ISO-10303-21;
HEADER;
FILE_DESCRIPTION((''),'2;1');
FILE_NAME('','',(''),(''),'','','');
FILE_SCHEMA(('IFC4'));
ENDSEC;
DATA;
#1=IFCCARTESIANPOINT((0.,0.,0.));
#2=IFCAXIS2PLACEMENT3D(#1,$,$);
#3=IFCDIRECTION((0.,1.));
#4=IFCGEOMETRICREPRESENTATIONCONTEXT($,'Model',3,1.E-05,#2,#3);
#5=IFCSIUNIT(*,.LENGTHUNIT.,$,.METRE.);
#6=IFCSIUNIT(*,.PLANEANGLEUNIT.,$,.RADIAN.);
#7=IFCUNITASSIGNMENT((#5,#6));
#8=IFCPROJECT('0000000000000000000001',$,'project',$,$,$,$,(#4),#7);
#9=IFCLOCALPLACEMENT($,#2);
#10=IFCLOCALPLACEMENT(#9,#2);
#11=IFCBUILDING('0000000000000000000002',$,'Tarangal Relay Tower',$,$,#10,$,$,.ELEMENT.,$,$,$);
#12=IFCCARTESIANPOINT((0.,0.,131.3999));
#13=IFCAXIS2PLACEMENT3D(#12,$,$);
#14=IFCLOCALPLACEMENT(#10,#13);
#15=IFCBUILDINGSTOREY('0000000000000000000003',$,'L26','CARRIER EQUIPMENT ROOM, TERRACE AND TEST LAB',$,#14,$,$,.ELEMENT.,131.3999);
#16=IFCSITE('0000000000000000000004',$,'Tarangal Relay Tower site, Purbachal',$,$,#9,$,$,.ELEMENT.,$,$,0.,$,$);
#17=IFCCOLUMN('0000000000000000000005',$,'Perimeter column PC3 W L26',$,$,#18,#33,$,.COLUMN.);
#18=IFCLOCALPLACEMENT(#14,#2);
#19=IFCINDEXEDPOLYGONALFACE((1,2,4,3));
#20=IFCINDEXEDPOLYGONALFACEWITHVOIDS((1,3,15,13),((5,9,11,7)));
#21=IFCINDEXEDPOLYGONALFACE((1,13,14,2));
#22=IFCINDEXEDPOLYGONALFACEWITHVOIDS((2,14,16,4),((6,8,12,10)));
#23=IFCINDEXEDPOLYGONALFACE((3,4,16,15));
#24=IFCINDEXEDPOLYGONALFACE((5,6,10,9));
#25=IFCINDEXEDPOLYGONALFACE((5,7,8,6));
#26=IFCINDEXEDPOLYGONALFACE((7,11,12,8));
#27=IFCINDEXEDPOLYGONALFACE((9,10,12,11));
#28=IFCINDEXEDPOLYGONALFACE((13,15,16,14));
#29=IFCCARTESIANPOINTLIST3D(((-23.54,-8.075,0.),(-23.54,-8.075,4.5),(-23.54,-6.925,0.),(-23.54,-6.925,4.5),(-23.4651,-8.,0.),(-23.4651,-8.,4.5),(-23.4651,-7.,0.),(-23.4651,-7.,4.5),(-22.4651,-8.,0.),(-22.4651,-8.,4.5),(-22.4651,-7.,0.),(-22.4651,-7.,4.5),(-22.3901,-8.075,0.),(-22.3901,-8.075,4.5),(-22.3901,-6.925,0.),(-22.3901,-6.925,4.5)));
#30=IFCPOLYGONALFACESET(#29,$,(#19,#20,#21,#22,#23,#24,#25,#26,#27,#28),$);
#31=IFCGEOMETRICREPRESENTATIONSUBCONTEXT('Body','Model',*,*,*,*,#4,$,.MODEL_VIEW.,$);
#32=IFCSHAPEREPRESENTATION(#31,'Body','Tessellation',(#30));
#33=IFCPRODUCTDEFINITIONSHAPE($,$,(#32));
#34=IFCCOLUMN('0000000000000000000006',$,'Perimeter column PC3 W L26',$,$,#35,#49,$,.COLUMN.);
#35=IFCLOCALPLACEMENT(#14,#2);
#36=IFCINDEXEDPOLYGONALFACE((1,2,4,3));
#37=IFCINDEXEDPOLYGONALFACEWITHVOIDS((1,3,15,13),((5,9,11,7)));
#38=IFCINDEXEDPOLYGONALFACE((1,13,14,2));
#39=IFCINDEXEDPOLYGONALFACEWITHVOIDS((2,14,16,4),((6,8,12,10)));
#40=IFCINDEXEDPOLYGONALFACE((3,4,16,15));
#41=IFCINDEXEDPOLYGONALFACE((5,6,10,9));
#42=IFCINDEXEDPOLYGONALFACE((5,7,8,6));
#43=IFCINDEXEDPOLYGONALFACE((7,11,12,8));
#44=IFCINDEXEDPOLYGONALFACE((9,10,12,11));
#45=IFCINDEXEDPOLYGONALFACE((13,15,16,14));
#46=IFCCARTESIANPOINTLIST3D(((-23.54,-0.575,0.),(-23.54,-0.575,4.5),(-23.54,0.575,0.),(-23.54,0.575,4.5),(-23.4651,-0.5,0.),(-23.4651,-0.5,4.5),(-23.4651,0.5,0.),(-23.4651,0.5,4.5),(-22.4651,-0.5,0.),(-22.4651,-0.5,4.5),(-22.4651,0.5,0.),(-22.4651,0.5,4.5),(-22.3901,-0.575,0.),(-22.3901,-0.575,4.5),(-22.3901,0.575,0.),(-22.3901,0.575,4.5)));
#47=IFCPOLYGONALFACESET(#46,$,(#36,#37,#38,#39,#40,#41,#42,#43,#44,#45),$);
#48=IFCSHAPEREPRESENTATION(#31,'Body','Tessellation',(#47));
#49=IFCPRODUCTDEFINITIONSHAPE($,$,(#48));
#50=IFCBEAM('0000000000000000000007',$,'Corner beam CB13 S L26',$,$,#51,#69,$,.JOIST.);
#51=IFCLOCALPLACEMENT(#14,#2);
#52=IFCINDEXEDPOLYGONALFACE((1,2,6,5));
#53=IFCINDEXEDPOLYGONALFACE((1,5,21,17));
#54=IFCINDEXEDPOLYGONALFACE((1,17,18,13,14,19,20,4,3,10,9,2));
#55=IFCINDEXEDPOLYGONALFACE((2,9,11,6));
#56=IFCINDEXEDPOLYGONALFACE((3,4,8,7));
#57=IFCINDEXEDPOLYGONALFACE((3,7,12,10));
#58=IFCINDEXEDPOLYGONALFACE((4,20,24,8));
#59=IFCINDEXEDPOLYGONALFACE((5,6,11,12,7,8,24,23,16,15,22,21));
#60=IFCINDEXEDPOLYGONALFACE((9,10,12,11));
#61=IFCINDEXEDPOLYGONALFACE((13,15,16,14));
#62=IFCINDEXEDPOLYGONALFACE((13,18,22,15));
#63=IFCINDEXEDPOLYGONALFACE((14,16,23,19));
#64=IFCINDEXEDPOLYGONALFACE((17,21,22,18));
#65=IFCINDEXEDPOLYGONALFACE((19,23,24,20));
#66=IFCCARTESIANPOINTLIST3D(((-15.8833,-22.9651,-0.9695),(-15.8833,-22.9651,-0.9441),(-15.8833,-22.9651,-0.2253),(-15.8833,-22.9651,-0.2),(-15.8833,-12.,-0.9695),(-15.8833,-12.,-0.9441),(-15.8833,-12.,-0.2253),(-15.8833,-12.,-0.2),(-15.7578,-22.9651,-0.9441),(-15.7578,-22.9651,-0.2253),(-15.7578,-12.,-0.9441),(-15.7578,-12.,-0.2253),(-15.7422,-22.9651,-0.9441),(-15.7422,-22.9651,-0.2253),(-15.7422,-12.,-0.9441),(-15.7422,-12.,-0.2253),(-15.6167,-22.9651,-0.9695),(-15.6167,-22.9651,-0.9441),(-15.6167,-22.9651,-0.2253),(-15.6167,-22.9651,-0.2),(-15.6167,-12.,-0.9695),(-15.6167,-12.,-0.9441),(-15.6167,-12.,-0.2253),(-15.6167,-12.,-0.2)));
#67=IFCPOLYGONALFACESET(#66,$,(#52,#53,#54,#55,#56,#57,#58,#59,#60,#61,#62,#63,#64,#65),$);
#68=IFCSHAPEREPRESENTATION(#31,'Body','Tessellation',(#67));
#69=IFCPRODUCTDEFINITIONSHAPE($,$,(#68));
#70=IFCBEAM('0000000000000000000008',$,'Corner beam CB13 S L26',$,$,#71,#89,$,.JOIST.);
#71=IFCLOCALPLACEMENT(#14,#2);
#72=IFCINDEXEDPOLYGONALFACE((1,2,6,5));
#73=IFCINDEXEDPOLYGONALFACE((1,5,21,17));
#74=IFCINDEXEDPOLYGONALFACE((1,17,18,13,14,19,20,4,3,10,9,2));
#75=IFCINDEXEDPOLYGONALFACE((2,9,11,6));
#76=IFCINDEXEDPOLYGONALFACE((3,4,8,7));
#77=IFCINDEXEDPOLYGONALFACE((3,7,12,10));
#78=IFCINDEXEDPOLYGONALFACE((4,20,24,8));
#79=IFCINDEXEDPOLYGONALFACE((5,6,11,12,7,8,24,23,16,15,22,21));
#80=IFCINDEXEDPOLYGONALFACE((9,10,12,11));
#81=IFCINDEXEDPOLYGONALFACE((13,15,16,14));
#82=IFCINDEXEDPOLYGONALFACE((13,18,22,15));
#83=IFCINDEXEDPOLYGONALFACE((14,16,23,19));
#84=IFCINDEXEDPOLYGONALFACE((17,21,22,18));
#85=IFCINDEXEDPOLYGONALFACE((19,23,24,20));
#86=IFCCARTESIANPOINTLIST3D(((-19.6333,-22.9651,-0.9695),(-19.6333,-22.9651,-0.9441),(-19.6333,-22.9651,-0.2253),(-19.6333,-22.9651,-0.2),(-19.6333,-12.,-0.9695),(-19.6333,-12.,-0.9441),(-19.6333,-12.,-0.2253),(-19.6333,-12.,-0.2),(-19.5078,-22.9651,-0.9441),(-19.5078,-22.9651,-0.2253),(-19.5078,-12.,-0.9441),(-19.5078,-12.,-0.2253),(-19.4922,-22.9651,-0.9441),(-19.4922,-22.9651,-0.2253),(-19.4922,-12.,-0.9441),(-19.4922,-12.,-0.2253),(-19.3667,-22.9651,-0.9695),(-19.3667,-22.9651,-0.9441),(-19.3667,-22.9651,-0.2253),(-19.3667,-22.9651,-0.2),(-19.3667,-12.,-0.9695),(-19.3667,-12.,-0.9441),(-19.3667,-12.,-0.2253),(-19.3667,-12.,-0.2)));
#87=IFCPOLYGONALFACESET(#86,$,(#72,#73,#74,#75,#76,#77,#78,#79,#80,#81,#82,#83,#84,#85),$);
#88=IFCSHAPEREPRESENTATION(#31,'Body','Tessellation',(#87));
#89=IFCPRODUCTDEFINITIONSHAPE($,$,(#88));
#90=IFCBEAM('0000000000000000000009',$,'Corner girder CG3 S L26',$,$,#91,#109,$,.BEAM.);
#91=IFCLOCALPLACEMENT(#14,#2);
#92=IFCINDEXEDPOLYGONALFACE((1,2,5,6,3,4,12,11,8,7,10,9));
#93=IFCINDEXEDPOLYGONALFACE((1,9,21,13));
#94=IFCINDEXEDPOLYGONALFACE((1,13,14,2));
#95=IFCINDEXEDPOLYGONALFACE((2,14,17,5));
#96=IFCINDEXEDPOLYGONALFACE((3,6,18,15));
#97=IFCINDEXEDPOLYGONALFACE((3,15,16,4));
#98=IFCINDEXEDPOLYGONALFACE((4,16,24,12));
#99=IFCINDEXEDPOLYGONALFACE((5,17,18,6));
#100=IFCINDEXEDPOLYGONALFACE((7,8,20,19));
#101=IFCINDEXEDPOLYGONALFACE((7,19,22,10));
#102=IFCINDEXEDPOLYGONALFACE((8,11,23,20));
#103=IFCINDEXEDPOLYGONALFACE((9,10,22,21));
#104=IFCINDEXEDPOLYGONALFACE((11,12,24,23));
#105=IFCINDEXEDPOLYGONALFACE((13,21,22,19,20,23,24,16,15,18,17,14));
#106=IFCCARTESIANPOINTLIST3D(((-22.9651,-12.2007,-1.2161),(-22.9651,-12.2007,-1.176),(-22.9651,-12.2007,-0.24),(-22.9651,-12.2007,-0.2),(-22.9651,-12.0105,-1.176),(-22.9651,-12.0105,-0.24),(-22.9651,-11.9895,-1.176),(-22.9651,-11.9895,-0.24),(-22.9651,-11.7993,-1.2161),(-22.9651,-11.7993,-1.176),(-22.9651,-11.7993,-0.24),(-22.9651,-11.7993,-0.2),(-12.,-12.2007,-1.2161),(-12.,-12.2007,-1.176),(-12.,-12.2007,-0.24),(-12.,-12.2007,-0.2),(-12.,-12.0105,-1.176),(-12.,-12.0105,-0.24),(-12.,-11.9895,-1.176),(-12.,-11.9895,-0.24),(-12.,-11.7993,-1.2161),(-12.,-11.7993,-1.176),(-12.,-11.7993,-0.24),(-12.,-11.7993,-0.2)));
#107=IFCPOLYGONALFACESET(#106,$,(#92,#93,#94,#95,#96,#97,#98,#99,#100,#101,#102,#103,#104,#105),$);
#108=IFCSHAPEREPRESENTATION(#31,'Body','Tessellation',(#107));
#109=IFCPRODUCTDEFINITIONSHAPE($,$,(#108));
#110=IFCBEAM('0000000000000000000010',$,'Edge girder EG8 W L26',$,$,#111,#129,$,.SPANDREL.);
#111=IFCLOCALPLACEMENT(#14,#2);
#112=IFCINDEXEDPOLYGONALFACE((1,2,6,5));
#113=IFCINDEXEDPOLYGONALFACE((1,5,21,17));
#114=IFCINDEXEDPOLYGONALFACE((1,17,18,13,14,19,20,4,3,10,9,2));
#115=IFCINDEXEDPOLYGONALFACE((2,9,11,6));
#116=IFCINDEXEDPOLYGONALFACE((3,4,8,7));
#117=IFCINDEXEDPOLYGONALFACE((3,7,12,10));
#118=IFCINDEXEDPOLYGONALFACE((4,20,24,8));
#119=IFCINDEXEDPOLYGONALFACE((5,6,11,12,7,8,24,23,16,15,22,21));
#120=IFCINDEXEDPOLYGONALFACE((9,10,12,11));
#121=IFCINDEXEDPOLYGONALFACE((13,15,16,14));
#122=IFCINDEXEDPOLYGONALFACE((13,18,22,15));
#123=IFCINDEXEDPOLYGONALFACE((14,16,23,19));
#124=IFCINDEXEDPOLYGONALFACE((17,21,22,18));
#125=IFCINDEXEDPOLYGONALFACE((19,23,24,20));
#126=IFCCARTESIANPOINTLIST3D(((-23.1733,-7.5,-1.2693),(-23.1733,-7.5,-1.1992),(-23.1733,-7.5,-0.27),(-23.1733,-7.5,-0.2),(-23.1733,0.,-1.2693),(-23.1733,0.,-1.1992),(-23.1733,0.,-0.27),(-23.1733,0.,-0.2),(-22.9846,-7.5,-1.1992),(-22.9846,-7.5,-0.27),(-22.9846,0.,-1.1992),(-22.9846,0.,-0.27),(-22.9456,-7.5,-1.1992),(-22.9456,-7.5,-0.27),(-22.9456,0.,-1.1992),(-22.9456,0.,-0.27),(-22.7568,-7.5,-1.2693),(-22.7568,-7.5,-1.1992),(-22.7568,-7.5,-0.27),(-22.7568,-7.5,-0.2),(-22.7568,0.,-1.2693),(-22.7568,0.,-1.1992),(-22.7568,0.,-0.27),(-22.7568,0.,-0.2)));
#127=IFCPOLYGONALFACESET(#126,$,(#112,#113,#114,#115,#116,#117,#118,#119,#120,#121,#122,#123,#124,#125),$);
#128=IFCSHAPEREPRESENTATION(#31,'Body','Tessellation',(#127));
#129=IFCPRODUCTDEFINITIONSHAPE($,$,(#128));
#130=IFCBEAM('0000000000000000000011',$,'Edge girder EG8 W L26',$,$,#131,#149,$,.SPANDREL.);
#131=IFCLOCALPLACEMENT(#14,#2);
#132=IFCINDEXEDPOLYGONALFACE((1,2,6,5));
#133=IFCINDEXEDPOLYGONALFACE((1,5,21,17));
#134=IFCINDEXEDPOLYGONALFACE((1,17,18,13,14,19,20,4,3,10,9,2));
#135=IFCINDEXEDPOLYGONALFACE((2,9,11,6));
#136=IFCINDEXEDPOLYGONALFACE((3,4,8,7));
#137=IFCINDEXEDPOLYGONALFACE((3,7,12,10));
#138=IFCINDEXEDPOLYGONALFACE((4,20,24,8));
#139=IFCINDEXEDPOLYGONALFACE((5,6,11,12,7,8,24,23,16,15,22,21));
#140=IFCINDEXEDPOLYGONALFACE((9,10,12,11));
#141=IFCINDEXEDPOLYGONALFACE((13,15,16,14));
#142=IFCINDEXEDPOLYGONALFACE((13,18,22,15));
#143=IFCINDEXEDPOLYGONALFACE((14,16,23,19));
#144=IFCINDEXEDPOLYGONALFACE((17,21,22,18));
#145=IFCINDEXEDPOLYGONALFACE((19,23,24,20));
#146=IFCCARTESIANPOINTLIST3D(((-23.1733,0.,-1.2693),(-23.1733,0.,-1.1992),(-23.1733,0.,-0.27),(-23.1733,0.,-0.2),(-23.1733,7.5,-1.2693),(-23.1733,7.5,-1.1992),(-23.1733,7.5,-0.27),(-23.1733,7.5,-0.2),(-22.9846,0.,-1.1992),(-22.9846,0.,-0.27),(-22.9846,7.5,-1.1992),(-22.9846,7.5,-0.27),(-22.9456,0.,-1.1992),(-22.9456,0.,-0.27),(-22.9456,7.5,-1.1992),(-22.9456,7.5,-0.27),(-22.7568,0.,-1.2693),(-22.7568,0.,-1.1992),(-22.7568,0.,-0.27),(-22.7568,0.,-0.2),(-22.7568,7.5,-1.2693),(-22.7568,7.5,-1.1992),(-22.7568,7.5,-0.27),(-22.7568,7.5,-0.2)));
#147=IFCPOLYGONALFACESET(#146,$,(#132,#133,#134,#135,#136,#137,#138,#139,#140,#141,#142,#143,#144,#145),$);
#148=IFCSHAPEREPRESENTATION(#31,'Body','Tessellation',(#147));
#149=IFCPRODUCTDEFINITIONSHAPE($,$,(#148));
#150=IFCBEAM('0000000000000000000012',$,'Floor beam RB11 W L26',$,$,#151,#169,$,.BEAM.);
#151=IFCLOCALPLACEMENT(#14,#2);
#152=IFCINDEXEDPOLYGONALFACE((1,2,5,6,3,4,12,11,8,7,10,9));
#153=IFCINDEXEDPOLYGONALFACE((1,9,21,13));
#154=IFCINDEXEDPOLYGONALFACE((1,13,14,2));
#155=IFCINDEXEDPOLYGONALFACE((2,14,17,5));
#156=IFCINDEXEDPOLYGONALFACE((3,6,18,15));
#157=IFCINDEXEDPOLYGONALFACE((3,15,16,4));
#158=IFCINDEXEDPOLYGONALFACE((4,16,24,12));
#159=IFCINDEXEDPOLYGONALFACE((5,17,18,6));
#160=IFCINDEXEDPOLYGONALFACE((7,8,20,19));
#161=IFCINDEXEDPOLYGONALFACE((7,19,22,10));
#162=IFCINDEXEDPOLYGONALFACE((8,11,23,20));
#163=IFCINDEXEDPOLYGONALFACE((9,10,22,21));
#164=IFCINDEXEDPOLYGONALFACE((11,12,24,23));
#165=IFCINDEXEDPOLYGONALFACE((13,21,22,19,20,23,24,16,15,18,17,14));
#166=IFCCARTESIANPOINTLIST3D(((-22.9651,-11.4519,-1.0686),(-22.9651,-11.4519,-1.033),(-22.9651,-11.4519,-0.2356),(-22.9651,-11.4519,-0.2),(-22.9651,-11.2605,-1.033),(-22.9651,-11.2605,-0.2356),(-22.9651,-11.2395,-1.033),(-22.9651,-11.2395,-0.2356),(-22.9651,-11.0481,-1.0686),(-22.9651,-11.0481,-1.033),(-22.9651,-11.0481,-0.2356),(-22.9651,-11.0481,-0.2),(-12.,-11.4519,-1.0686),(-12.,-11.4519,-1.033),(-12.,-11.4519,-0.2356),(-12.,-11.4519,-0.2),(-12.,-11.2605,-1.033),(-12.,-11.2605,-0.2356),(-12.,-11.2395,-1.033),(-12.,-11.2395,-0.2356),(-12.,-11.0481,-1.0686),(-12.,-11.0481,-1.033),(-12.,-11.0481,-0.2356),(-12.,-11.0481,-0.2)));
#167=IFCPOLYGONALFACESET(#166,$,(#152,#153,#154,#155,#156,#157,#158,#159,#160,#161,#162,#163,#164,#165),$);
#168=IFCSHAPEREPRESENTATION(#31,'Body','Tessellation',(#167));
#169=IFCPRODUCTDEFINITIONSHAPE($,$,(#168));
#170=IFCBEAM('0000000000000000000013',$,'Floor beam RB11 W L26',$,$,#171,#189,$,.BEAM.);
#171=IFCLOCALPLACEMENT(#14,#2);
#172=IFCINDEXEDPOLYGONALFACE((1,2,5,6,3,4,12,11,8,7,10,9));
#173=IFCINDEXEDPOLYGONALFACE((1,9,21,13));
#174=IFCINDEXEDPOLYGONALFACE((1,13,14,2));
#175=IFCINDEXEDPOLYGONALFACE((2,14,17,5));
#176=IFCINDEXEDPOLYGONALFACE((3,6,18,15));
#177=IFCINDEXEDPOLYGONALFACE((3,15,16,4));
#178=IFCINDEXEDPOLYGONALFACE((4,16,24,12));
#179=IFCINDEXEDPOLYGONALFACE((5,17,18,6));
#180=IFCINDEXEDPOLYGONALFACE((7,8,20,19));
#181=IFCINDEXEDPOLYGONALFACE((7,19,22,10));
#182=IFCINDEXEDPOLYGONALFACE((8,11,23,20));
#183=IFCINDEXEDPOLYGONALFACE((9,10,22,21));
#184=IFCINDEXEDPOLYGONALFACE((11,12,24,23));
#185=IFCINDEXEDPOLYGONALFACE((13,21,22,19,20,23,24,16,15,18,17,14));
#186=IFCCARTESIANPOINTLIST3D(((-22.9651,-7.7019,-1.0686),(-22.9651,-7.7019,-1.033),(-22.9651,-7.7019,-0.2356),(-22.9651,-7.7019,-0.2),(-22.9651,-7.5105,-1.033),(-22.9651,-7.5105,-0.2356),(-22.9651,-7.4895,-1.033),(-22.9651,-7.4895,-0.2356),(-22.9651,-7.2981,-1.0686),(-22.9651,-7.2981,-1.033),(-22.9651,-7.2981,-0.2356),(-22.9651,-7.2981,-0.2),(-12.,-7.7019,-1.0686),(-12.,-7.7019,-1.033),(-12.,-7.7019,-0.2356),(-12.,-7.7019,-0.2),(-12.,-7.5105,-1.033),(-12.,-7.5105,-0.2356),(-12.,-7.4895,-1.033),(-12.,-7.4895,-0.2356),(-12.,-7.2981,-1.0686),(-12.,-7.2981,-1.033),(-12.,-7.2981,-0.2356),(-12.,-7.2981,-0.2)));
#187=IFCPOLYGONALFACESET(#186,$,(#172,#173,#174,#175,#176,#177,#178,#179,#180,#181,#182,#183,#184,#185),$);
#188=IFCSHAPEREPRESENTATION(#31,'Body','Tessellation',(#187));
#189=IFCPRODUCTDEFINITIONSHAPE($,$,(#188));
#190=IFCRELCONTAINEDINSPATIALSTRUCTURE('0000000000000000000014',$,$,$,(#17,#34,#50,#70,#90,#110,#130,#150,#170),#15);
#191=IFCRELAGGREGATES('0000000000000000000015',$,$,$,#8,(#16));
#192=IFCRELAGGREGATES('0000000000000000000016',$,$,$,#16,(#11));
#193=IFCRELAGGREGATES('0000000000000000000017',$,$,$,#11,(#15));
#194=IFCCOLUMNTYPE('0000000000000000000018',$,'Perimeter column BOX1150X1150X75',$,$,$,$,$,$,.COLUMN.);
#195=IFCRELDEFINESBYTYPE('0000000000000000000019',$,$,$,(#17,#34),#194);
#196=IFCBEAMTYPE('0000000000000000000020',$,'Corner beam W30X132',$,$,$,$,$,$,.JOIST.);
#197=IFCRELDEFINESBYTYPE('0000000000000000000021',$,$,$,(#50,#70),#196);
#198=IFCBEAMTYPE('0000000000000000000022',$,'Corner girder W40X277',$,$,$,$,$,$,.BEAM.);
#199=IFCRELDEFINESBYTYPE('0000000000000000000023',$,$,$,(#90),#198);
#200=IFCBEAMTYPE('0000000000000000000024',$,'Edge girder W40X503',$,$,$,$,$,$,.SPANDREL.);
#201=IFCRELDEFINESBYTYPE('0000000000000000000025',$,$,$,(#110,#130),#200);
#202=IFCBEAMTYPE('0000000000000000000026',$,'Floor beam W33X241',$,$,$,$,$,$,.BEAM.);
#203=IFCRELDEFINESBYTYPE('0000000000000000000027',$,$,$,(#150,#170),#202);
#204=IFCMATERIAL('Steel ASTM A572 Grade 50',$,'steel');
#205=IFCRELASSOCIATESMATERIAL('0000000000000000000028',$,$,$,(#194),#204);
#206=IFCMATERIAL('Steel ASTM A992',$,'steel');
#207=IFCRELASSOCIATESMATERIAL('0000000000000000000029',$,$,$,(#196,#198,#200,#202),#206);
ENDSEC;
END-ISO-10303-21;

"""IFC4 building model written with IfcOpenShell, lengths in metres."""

from ifc_helpers import new_model, si_unit, direction, frame, origin, origin_2d, place, context, subcontext, project, spatial, hollow_rectangle, i_section, extrude, material, material_profile, profile_set, type_object, element, save


model = new_model("IFC4")

# Units and contexts
model_context = context("Model", 3, precision=1e-05, world=origin(), true_north=direction((0.0, 1.0)))
body_context = subcontext(model_context, "Body", "Model", "MODEL_VIEW")
ifc_project = project(units=[si_unit("LENGTHUNIT", "METRE"), si_unit("PLANEANGLEUNIT", "RADIAN")], contexts=[model_context])

# Site, building, storey
site_placement = place(None, origin())
site = spatial("IfcSite", under=ifc_project, at=site_placement, Name="Tarangal Relay Tower site, Purbachal", CompositionType="ELEMENT", RefElevation=0.0)
building_placement = place(site_placement, origin())
building = spatial("IfcBuilding", under=site, at=building_placement, Name="Tarangal Relay Tower", CompositionType="ELEMENT")
storey_placement = place(building_placement, frame((0.0, 0.0, 131.3999)))
storey = spatial("IfcBuildingStorey", under=building, at=storey_placement, Name="L26", Description="CARRIER EQUIPMENT ROOM, TERRACE AND TEST LAB", CompositionType="ELEMENT", Elevation=131.3999)

# Columns
ifc_material_1 = material(Name="Steel ASTM A572 Grade 50", Category="steel")
ifc_material_profile_1 = material_profile(ifc_material_1, hollow_rectangle(XDim=1.1499, YDim=1.1499, WallThickness=0.075, at=origin_2d()), Name="BOX1150X1150X75")
ifc_profile_set_1 = profile_set([ifc_material_profile_1], Name="Steel ASTM A572 Grade 50")
column_type = type_object("IfcColumnType", Name="Perimeter column BOX1150X1150X75", PredefinedType="COLUMN", material=ifc_profile_set_1)
for number, where, z_axis, x_axis, name in (
    (1, (-22.9651, -7.5, 0.0), (0.0, 0.0, 1.0), (1.0, 0.0, 0.0), "Perimeter column PC3 W L26"),
    (2, (-22.9651, 0.0, 0.0), (0.0, 0.0, 1.0), (1.0, 0.0, 0.0), "Perimeter column PC3 W L26"),
):
    element("IfcColumn", number, at=place(storey_placement, frame(where, z_axis=z_axis, x_axis=x_axis)), inside=storey, type_object=column_type, Name=name, PredefinedType="COLUMN", context=body_context, shape_type="SweptSolid", body=[
        extrude(hollow_rectangle(XDim=1.1499, YDim=1.1499, WallThickness=0.075, at=origin_2d()), origin(), (0.0, 0.0, 1.0), 4.5),
    ])

# Beams
ifc_material_2 = material(Name="Steel ASTM A992", Category="steel")
ifc_material_profile_2 = material_profile(ifc_material_2, i_section(OverallWidth=0.2666, OverallDepth=0.7695, WebThickness=0.0156, FlangeThickness=0.0254, at=origin_2d()), Name="W30X132")
ifc_profile_set_2 = profile_set([ifc_material_profile_2], Name="Steel ASTM A992")
beam_type_1 = type_object("IfcBeamType", Name="Corner beam W30X132", PredefinedType="JOIST", material=ifc_profile_set_2)
for number, where, z_axis, x_axis, name in (
    (3, (-15.75, -12.0, -0.5847), (0.0, -1.0, 0.0), (1.0, 0.0, 0.0), "Corner beam CB13 S L26"),
    (4, (-19.5, -12.0, -0.5847), (0.0, -1.0, 0.0), (1.0, 0.0, 0.0), "Corner beam CB13 S L26"),
):
    element("IfcBeam", number, at=place(storey_placement, frame(where, z_axis=z_axis, x_axis=x_axis)), inside=storey, type_object=beam_type_1, Name=name, PredefinedType="JOIST", context=body_context, shape_type="SweptSolid", body=[
        extrude(i_section(OverallWidth=0.2666, OverallDepth=0.7695, WebThickness=0.0156, FlangeThickness=0.0254, at=origin_2d()), origin(), (0.0, 0.0, 1.0), 10.9651),
    ])
ifc_material_profile_3 = material_profile(ifc_material_2, i_section(OverallWidth=0.4014, OverallDepth=1.0161, WebThickness=0.021, FlangeThickness=0.04, at=origin_2d()), Name="W40X277")
ifc_profile_set_3 = profile_set([ifc_material_profile_3], Name="Steel ASTM A992")
beam_type_2 = type_object("IfcBeamType", Name="Corner girder W40X277", PredefinedType="BEAM", material=ifc_profile_set_3)
beam_placement = place(storey_placement, frame((-12.0, -12.0, -0.708), z_axis=(-1.0, 0.0, 0.0), x_axis=(0.0, -1.0, 0.0)))
element("IfcBeam", 5, at=beam_placement, inside=storey, type_object=beam_type_2, Name="Corner girder CG3 S L26", PredefinedType="BEAM", context=body_context, shape_type="SweptSolid", body=[
    extrude(i_section(OverallWidth=0.4014, OverallDepth=1.0161, WebThickness=0.021, FlangeThickness=0.04, at=origin_2d()), origin(), (0.0, 0.0, 1.0), 10.9651),
])
ifc_material_profile_4 = material_profile(ifc_material_2, i_section(OverallWidth=0.4165, OverallDepth=1.0693, WebThickness=0.0391, FlangeThickness=0.0701, at=origin_2d()), Name="W40X503")
ifc_profile_set_4 = profile_set([ifc_material_profile_4], Name="Steel ASTM A992")
beam_type_3 = type_object("IfcBeamType", Name="Edge girder W40X503", PredefinedType="SPANDREL", material=ifc_profile_set_4)
for number, where, z_axis, x_axis, name in (
    (6, (-22.9651, -7.5, -0.7346), (0.0, 1.0, 0.0), (-1.0, 0.0, 0.0), "Edge girder EG8 W L26"),
    (7, (-22.9651, 0.0, -0.7346), (0.0, 1.0, 0.0), (-1.0, 0.0, 0.0), "Edge girder EG8 W L26"),
):
    element("IfcBeam", number, at=place(storey_placement, frame(where, z_axis=z_axis, x_axis=x_axis)), inside=storey, type_object=beam_type_3, Name=name, PredefinedType="SPANDREL", context=body_context, shape_type="SweptSolid", body=[
        extrude(i_section(OverallWidth=0.4165, OverallDepth=1.0693, WebThickness=0.0391, FlangeThickness=0.0701, at=origin_2d()), origin(), (0.0, 0.0, 1.0), 7.5),
    ])
ifc_material_profile_5 = material_profile(ifc_material_2, i_section(OverallWidth=0.4038, OverallDepth=0.8687, WebThickness=0.021, FlangeThickness=0.0356, at=origin_2d()), Name="W33X241")
ifc_profile_set_5 = profile_set([ifc_material_profile_5], Name="Steel ASTM A992")
beam_type_4 = type_object("IfcBeamType", Name="Floor beam W33X241", PredefinedType="BEAM", material=ifc_profile_set_5)
for number, where, z_axis, x_axis, name in (
    (8, (-12.0, -11.25, -0.6343), (-1.0, 0.0, 0.0), (0.0, -1.0, 0.0), "Floor beam RB11 W L26"),
    (9, (-12.0, -7.5, -0.6343), (-1.0, 0.0, 0.0), (0.0, -1.0, 0.0), "Floor beam RB11 W L26"),
):
    element("IfcBeam", number, at=place(storey_placement, frame(where, z_axis=z_axis, x_axis=x_axis)), inside=storey, type_object=beam_type_4, Name=name, PredefinedType="BEAM", context=body_context, shape_type="SweptSolid", body=[
        extrude(i_section(OverallWidth=0.4038, OverallDepth=0.8687, WebThickness=0.021, FlangeThickness=0.0356, at=origin_2d()), origin(), (0.0, 0.0, 1.0), 10.9651),
    ])

save(model, "model.ifc")
